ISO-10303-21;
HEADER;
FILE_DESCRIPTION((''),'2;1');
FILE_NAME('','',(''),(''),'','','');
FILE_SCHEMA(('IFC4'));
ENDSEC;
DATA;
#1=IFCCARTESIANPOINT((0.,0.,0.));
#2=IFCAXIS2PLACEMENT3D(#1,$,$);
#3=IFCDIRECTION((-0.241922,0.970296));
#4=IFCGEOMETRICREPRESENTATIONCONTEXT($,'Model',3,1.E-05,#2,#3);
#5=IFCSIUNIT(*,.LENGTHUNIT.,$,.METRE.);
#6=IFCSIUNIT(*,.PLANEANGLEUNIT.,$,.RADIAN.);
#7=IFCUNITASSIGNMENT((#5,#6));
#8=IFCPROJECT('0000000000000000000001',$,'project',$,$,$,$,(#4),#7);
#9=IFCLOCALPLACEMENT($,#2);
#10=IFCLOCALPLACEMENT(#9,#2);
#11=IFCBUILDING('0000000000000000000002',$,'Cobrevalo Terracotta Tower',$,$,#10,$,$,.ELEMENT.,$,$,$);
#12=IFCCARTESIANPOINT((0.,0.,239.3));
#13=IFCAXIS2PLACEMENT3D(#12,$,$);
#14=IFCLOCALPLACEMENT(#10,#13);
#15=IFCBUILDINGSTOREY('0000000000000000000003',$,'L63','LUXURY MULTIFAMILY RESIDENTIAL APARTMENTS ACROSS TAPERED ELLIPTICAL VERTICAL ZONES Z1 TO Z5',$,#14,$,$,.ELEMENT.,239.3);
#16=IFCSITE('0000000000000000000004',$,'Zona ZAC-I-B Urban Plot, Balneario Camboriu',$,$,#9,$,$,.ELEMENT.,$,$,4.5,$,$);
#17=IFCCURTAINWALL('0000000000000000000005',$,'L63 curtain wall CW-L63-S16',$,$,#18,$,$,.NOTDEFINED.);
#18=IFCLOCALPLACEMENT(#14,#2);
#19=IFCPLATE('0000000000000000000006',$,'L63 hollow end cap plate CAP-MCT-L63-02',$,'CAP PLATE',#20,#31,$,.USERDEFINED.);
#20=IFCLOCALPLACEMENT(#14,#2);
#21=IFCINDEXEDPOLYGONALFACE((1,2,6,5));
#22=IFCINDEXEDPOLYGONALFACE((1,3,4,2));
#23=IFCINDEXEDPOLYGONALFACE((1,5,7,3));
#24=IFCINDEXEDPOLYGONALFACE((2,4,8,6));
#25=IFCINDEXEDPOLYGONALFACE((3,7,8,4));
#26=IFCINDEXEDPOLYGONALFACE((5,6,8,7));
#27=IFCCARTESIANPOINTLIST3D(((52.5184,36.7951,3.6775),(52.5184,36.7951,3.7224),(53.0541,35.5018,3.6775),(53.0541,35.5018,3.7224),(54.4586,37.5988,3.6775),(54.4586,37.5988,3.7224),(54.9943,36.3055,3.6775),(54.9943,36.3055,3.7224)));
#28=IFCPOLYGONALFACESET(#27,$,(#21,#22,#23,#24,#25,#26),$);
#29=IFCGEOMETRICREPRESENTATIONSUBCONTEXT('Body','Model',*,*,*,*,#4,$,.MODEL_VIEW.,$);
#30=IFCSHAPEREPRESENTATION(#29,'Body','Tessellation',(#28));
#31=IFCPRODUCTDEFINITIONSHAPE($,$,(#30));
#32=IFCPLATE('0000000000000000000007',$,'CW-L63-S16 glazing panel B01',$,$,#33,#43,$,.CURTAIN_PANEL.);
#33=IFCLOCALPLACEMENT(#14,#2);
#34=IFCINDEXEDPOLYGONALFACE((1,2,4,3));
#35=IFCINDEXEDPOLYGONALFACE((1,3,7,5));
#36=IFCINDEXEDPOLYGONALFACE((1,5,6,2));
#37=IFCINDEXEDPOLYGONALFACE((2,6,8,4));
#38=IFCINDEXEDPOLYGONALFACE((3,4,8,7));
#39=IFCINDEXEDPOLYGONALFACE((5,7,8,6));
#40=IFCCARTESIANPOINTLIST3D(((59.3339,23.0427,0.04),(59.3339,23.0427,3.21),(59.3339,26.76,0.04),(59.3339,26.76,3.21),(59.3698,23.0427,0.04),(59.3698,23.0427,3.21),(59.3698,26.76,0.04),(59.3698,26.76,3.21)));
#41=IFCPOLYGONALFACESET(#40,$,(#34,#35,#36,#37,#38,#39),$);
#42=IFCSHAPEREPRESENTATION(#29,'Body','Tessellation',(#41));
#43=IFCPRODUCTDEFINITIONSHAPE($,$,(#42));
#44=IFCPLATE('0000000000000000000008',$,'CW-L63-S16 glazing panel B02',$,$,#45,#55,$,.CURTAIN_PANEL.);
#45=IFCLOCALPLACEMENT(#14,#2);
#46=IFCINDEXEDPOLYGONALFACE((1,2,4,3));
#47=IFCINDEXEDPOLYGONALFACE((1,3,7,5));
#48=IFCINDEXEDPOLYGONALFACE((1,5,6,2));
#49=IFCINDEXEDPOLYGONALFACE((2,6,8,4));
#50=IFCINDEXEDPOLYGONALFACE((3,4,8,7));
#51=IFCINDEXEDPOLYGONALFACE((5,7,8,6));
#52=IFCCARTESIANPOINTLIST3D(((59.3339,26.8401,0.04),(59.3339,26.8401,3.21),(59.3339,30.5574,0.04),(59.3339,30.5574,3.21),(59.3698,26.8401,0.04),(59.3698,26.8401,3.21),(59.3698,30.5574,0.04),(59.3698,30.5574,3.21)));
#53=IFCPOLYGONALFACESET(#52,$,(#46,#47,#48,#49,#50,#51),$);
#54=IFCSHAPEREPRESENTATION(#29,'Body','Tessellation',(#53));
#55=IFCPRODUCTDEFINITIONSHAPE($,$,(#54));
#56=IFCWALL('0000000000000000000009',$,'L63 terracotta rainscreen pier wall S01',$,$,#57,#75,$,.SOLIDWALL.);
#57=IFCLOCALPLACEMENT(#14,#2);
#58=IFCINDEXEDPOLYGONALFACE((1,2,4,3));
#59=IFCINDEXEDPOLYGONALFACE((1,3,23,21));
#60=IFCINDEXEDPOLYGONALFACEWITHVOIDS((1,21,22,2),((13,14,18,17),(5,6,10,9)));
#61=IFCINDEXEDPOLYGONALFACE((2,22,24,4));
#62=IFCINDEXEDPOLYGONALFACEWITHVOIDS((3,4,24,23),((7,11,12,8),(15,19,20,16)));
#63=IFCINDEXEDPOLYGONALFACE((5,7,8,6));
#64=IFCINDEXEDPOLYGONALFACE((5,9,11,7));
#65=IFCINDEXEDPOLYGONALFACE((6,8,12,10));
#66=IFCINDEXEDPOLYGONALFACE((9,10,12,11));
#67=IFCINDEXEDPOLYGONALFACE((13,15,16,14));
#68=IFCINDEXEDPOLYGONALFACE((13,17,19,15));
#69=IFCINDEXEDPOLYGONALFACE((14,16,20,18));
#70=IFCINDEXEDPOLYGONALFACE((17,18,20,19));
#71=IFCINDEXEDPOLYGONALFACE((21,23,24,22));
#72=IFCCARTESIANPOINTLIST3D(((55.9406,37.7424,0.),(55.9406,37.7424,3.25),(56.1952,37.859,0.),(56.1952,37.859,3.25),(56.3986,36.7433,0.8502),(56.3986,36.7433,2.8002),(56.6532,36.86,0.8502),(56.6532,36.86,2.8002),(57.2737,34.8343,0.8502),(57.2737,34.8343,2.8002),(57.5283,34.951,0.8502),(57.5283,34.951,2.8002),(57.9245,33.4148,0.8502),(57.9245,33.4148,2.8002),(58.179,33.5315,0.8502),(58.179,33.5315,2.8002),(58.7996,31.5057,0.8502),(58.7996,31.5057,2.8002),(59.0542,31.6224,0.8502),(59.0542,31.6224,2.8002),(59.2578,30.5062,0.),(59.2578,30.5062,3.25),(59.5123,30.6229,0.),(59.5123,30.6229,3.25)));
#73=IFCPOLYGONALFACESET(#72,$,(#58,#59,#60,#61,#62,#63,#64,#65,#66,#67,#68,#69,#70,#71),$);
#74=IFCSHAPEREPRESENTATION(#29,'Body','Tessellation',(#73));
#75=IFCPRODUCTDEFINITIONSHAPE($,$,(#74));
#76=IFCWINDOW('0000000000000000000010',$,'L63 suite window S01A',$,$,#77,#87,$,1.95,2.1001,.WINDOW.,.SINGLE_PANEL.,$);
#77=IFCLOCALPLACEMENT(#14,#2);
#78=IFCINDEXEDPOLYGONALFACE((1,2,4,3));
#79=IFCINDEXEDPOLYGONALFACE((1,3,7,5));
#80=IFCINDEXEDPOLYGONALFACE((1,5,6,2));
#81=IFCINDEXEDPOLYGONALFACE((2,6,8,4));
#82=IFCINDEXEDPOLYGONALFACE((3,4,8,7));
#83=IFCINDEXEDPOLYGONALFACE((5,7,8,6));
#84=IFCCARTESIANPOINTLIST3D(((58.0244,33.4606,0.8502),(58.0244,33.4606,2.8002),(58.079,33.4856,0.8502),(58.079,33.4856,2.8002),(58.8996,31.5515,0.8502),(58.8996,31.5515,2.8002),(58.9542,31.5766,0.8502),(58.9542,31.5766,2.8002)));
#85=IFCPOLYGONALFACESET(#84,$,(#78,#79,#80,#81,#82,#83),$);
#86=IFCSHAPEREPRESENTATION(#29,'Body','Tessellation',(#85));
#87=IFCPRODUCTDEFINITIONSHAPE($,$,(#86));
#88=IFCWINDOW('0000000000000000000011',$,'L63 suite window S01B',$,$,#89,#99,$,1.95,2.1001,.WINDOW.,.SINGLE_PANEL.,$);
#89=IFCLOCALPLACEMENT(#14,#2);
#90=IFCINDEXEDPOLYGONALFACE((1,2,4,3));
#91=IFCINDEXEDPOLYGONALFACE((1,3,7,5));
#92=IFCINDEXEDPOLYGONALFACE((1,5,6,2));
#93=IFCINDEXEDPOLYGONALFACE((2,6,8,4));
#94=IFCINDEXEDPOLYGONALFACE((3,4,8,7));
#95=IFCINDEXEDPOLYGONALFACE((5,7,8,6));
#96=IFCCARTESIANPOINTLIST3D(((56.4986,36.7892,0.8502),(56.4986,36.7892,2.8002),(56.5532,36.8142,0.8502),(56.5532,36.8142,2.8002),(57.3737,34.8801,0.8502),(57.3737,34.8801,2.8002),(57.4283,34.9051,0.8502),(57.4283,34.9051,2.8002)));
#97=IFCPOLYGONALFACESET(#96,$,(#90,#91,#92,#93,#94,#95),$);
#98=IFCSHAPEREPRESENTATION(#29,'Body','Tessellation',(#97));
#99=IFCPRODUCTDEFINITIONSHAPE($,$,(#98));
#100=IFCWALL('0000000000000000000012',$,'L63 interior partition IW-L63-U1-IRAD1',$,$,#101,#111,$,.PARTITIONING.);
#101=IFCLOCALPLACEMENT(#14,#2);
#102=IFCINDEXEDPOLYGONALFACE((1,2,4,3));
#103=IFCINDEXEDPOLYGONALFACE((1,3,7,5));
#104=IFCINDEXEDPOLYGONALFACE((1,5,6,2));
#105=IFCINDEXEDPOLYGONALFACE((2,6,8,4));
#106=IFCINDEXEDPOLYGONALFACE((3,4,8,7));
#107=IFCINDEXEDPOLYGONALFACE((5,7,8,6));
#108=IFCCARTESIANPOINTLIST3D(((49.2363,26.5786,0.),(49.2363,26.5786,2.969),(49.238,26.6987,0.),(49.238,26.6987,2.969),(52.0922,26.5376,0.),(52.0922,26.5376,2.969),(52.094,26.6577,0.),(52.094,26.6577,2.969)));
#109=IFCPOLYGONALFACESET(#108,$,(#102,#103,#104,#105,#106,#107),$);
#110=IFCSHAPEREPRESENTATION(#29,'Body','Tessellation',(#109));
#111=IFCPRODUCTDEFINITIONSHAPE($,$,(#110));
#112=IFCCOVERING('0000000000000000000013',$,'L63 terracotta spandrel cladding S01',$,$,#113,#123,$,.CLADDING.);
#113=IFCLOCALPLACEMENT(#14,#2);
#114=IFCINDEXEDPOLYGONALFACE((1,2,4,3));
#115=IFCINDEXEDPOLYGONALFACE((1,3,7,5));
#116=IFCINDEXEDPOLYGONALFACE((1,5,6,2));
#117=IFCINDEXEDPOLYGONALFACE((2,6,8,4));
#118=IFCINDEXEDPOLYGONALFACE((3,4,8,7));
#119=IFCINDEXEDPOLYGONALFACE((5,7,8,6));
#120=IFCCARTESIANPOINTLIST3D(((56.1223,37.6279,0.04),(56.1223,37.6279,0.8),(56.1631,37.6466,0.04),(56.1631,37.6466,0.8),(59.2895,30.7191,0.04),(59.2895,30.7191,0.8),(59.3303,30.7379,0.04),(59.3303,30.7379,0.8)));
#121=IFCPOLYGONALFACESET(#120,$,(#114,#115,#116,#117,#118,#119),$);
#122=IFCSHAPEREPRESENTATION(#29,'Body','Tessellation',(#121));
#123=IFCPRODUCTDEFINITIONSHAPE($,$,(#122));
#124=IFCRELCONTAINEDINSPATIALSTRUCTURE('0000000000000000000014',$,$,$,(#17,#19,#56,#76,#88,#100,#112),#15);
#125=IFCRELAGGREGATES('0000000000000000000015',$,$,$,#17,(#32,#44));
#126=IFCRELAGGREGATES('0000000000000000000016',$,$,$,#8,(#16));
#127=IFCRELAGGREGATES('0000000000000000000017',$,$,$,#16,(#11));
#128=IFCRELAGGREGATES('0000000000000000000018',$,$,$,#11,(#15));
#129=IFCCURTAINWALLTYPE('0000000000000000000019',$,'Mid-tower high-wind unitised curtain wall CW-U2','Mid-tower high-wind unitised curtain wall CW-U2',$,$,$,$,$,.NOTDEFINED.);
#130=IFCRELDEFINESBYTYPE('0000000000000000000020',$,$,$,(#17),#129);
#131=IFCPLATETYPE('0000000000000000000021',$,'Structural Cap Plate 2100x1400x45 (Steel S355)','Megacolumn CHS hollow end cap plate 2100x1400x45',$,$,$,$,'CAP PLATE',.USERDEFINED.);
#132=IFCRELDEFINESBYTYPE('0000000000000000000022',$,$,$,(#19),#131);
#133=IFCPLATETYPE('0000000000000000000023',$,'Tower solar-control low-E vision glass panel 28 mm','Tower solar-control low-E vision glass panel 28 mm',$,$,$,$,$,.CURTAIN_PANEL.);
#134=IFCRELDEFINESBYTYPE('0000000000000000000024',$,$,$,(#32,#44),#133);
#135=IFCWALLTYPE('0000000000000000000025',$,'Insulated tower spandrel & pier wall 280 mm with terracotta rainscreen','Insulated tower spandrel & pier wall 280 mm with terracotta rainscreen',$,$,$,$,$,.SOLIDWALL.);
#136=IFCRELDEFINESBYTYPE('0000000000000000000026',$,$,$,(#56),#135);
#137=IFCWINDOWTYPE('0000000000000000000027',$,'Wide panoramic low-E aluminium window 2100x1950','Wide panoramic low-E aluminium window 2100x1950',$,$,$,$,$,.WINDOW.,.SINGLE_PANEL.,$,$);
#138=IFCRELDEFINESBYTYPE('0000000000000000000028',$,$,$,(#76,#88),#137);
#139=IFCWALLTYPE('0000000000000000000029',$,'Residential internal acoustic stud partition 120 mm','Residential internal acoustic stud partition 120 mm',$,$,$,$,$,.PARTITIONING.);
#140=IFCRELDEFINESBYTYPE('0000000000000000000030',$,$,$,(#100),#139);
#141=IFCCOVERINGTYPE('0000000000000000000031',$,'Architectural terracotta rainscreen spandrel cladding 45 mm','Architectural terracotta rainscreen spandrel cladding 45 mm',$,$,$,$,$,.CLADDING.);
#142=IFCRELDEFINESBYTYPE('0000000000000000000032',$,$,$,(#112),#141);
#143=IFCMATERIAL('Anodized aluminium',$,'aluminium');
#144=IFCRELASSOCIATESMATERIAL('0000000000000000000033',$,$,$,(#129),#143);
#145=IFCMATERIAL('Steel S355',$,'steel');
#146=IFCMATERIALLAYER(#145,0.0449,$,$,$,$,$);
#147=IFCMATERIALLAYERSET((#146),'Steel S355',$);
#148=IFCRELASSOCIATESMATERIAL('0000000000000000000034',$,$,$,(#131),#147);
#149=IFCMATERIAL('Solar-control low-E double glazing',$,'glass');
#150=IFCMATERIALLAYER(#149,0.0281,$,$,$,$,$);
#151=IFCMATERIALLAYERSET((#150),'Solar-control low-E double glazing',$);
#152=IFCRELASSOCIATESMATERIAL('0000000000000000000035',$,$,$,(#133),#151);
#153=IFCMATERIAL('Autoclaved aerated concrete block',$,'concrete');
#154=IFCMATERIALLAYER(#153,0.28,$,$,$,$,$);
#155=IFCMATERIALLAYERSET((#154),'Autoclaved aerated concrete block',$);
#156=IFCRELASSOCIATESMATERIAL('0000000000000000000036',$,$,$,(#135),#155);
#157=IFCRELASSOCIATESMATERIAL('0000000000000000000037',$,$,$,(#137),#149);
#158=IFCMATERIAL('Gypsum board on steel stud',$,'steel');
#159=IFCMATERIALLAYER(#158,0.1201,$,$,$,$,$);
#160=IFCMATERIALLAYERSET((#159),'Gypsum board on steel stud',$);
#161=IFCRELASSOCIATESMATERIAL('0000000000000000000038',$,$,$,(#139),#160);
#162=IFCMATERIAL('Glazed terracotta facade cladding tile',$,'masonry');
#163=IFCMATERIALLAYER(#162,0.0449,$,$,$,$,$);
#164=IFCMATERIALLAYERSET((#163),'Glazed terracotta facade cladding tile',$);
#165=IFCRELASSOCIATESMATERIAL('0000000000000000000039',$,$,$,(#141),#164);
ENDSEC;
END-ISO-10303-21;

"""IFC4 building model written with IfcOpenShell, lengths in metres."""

from ifc_helpers import new_model, si_unit, direction, frame, frame_2d, origin, origin_2d, place, context, subcontext, project, spatial, rectangle, extrude, source, transform, mapped, material, layer, layer_set, type_object, element, fill, aggregate, save


model = new_model("IFC4")

# Units and contexts
model_context = context("Model", 3, precision=1e-05, world=origin(), true_north=direction((-0.241922, 0.970296)))
body_context = subcontext(model_context, "Body", "Model", "MODEL_VIEW")
ifc_project = project(units=[si_unit("LENGTHUNIT", "METRE"), si_unit("PLANEANGLEUNIT", "RADIAN")], contexts=[model_context])

# Site, building, storey
site_placement = place(None, origin())
site = spatial("IfcSite", under=ifc_project, at=site_placement, Name="Zona ZAC-I-B Urban Plot, Balneario Camboriu", CompositionType="ELEMENT", RefElevation=4.5)
building_placement = place(site_placement, origin())
building = spatial("IfcBuilding", under=site, at=building_placement, Name="Cobrevalo Terracotta Tower", CompositionType="ELEMENT")
storey_placement = place(building_placement, frame((0.0, 0.0, 239.3)))
storey = spatial("IfcBuildingStorey", under=building, at=storey_placement, Name="L63", Description="LUXURY MULTIFAMILY RESIDENTIAL APARTMENTS ACROSS TAPERED ELLIPTICAL VERTICAL ZONES Z1 TO Z5", CompositionType="ELEMENT", Elevation=239.3)

# Shared definitions
ifc_material_1 = material(Name="Steel S355", Category="steel")

# Curtain wall
ifc_material_2 = material(Name="Anodized aluminium", Category="aluminium")
curtain_wall_type = type_object("IfcCurtainWallType", Name="Mid-tower high-wind unitised curtain wall CW-U2", Description="Mid-tower high-wind unitised curtain wall CW-U2", PredefinedType="NOTDEFINED", material=ifc_material_2)
curtain_wall_placement = place(storey_placement, origin())
curtain_wall = element("IfcCurtainWall", 1, at=curtain_wall_placement, inside=storey, type_object=curtain_wall_type, Name="L63 curtain wall CW-L63-S16", PredefinedType="NOTDEFINED")

# Plate
ifc_layer_1 = layer(ifc_material_1, 0.0449)
ifc_layer_set_1 = layer_set([ifc_layer_1], Name="Steel S355")
plate_type_1 = type_object("IfcPlateType", Name="Structural Cap Plate 2100x1400x45 (Steel S355)", Description="Megacolumn CHS hollow end cap plate 2100x1400x45", ElementType="CAP PLATE", PredefinedType="USERDEFINED", material=ifc_layer_set_1)
shared_shape_1 = source(origin(), body_context, "Body", "SweptSolid", [
    extrude(rectangle(XDim=2.1001, YDim=1.3999, at=origin_2d()), origin(), (0.0, 0.0, 1.0), 0.0449),
])
for number, where, z_axis, x_axis, name in (
    (2, (53.7563, 36.5503, 3.6775), (0.0, 0.0, 1.0), (0.92388, 0.382683, 0.0), "L63 hollow end cap plate CAP-MCT-L63-02"),
):
    element("IfcPlate", number, at=place(storey_placement, frame(where, z_axis=z_axis, x_axis=x_axis)), inside=storey, type_object=plate_type_1, Name=name, ObjectType="CAP PLATE", PredefinedType="USERDEFINED", context=body_context, shape_type="MappedRepresentation", body=[
        mapped(shared_shape_1, transform((0.0, 0.0, 0.0), scale=1.0)),
    ])

# Plates
ifc_material_3 = material(Name="Solar-control low-E double glazing", Category="glass")
ifc_layer_2 = layer(ifc_material_3, 0.0281)
ifc_layer_set_2 = layer_set([ifc_layer_2], Name="Solar-control low-E double glazing")
plate_type_2 = type_object("IfcPlateType", Name="Tower solar-control low-E vision glass panel 28 mm", Description="Tower solar-control low-E vision glass panel 28 mm", PredefinedType="CURTAIN_PANEL", material=ifc_layer_set_2)
shared_shape_2 = source(origin(), body_context, "Body", "SweptSolid", [
    extrude(rectangle(XDim=3.7173, YDim=0.0359, at=origin_2d()), origin(), (0.0, 0.0, 1.0), 3.1699),
])
plate_1_placement = place(storey_placement, frame((59.3518, 24.9014, 0.04), z_axis=(0.0, 0.0, 1.0), x_axis=(0.0, 1.0, 0.0)))
plate_1 = element("IfcPlate", 3, at=plate_1_placement, type_object=plate_type_2, Name="CW-L63-S16 glazing panel B01", PredefinedType="CURTAIN_PANEL", context=body_context, shape_type="MappedRepresentation", body=[
    mapped(shared_shape_2, transform((0.0, 0.0, 0.0), scale=1.0)),
])
plate_2_placement = place(storey_placement, frame((59.3518, 28.6987, 0.04), z_axis=(0.0, 0.0, 1.0), x_axis=(0.0, 1.0, 0.0)))
plate_2 = element("IfcPlate", 4, at=plate_2_placement, type_object=plate_type_2, Name="CW-L63-S16 glazing panel B02", PredefinedType="CURTAIN_PANEL", context=body_context, shape_type="MappedRepresentation", body=[
    mapped(shared_shape_2, transform((0.0, 0.0, 0.0), scale=1.0)),
])
aggregate(curtain_wall, [plate_1, plate_2])

# Wall, openings, windows
ifc_material_4 = material(Name="Autoclaved aerated concrete block", Category="concrete")
ifc_layer_3 = layer(ifc_material_4, 0.28)
ifc_layer_set_3 = layer_set([ifc_layer_3], Name="Autoclaved aerated concrete block")
wall_type_1 = type_object("IfcWallType", Name="Insulated tower spandrel & pier wall 280 mm with terracotta rainscreen", Description="Insulated tower spandrel & pier wall 280 mm with terracotta rainscreen", PredefinedType="SOLIDWALL", material=ifc_layer_set_3)
wall_1_placement = place(storey_placement, frame((59.385, 30.5647, 0.0), z_axis=(0.0, 0.0, 1.0), x_axis=(-0.416717, 0.909036, 0.0)))
wall_1 = element("IfcWall", 5, at=wall_1_placement, inside=storey, type_object=wall_type_1, Name="L63 terracotta rainscreen pier wall S01", PredefinedType="SOLIDWALL", context=body_context, shape_type="SweptSolid", body=[
    extrude(rectangle(XDim=7.9602, YDim=0.28, at=frame_2d((3.98, 0.0))), origin(), (0.0, 0.0, 1.0), 3.25),
])
opening_1_placement = place(wall_1_placement, frame((1.0994, 0.0, 0.8501)))
opening_1 = element("IfcOpeningElement", 6, at=opening_1_placement, cuts=wall_1, PredefinedType="OPENING", context=body_context, shape_type="SweptSolid", body=[
    extrude(rectangle(XDim=2.1001, YDim=1.95, at=frame_2d((1.05, 0.9751))), frame((0.0, 0.1499, 0.0), z_axis=(0.0, -1.0, 0.0), x_axis=(1.0, 0.0, 0.0)), (0.0, 0.0, 1.0), 0.3),
])
opening_2_placement = place(wall_1_placement, frame((4.761, 0.0, 0.8501)))
opening_2 = element("IfcOpeningElement", 7, at=opening_2_placement, cuts=wall_1, PredefinedType="OPENING", context=body_context, shape_type="SweptSolid", body=[
    extrude(rectangle(XDim=2.1001, YDim=1.95, at=frame_2d((1.05, 0.9751))), frame((0.0, 0.1499, 0.0), z_axis=(0.0, -1.0, 0.0), x_axis=(1.0, 0.0, 0.0)), (0.0, 0.0, 1.0), 0.3),
])
window_type = type_object("IfcWindowType", Name="Wide panoramic low-E aluminium window 2100x1950", Description="Wide panoramic low-E aluminium window 2100x1950", PartitioningType="SINGLE_PANEL", PredefinedType="WINDOW", material=ifc_material_3)
shared_shape_3 = source(origin(), body_context, "Body", "SweptSolid", [
    extrude(rectangle(XDim=2.1001, YDim=1.95, at=frame_2d((1.05, 0.9751))), frame((0.0, 0.03, 0.0), z_axis=(0.0, -1.0, 0.0), x_axis=(1.0, 0.0, 0.0)), (0.0, 0.0, 1.0), 0.0601),
])
window_1_placement = place(opening_1_placement, origin())
window_1 = element("IfcWindow", 8, at=window_1_placement, inside=storey, type_object=window_type, Name="L63 suite window S01A", OverallHeight=1.95, OverallWidth=2.1001, PartitioningType="SINGLE_PANEL", PredefinedType="WINDOW", context=body_context, shape_type="MappedRepresentation", body=[
    mapped(shared_shape_3, transform((0.0, 0.0, 0.0), scale=1.0)),
])
fill(opening_1, window_1)
window_2_placement = place(opening_2_placement, origin())
window_2 = element("IfcWindow", 9, at=window_2_placement, inside=storey, type_object=window_type, Name="L63 suite window S01B", OverallHeight=1.95, OverallWidth=2.1001, PartitioningType="SINGLE_PANEL", PredefinedType="WINDOW", context=body_context, shape_type="MappedRepresentation", body=[
    mapped(shared_shape_3, transform((0.0, 0.0, 0.0), scale=1.0)),
])
fill(opening_2, window_2)

# Shared definitions
ifc_material_5 = material(Name="Gypsum board on steel stud", Category="steel")
ifc_layer_4 = layer(ifc_material_5, 0.1201)
ifc_layer_set_4 = layer_set([ifc_layer_4], Name="Gypsum board on steel stud")
wall_type_2 = type_object("IfcWallType", Name="Residential internal acoustic stud partition 120 mm", Description="Residential internal acoustic stud partition 120 mm", PredefinedType="PARTITIONING", material=ifc_layer_set_4)

# Wall
wall_2_placement = place(storey_placement, frame((49.2371, 26.6387, 0.0), z_axis=(0.0, 0.0, 1.0), x_axis=(0.999897, -0.01436, 0.0)))
element("IfcWall", 10, at=wall_2_placement, inside=storey, type_object=wall_type_2, Name="L63 interior partition IW-L63-U1-IRAD1", PredefinedType="PARTITIONING", context=body_context, shape_type="SweptSolid", body=[
    extrude(rectangle(XDim=2.8562, YDim=0.1201, at=frame_2d((1.4282, 0.0))), origin(), (0.0, 0.0, 1.0), 2.969),
])

# Covering
ifc_material_6 = material(Name="Glazed terracotta facade cladding tile", Category="masonry")
ifc_layer_5 = layer(ifc_material_6, 0.0449)
ifc_layer_set_5 = layer_set([ifc_layer_5], Name="Glazed terracotta facade cladding tile")
covering_type = type_object("IfcCoveringType", Name="Architectural terracotta rainscreen spandrel cladding 45 mm", Description="Architectural terracotta rainscreen spandrel cladding 45 mm", PredefinedType="CLADDING", material=ifc_layer_set_5)
shared_shape_4 = source(origin(), body_context, "Body", "SweptSolid", [
    extrude(rectangle(XDim=7.6001, YDim=0.0449, at=origin_2d()), origin(), (0.0, 0.0, 1.0), 0.76),
])
covering_placement = place(storey_placement, frame((57.7263, 34.1829, 0.04), z_axis=(0.0, 0.0, 1.0), x_axis=(-0.416731, 0.90903, 0.0)))
element("IfcCovering", 11, at=covering_placement, inside=storey, type_object=covering_type, Name="L63 terracotta spandrel cladding S01", PredefinedType="CLADDING", context=body_context, shape_type="MappedRepresentation", body=[
    mapped(shared_shape_4, transform((0.0, 0.0, 0.0), scale=1.0)),
])

save(model, "model.ifc")
